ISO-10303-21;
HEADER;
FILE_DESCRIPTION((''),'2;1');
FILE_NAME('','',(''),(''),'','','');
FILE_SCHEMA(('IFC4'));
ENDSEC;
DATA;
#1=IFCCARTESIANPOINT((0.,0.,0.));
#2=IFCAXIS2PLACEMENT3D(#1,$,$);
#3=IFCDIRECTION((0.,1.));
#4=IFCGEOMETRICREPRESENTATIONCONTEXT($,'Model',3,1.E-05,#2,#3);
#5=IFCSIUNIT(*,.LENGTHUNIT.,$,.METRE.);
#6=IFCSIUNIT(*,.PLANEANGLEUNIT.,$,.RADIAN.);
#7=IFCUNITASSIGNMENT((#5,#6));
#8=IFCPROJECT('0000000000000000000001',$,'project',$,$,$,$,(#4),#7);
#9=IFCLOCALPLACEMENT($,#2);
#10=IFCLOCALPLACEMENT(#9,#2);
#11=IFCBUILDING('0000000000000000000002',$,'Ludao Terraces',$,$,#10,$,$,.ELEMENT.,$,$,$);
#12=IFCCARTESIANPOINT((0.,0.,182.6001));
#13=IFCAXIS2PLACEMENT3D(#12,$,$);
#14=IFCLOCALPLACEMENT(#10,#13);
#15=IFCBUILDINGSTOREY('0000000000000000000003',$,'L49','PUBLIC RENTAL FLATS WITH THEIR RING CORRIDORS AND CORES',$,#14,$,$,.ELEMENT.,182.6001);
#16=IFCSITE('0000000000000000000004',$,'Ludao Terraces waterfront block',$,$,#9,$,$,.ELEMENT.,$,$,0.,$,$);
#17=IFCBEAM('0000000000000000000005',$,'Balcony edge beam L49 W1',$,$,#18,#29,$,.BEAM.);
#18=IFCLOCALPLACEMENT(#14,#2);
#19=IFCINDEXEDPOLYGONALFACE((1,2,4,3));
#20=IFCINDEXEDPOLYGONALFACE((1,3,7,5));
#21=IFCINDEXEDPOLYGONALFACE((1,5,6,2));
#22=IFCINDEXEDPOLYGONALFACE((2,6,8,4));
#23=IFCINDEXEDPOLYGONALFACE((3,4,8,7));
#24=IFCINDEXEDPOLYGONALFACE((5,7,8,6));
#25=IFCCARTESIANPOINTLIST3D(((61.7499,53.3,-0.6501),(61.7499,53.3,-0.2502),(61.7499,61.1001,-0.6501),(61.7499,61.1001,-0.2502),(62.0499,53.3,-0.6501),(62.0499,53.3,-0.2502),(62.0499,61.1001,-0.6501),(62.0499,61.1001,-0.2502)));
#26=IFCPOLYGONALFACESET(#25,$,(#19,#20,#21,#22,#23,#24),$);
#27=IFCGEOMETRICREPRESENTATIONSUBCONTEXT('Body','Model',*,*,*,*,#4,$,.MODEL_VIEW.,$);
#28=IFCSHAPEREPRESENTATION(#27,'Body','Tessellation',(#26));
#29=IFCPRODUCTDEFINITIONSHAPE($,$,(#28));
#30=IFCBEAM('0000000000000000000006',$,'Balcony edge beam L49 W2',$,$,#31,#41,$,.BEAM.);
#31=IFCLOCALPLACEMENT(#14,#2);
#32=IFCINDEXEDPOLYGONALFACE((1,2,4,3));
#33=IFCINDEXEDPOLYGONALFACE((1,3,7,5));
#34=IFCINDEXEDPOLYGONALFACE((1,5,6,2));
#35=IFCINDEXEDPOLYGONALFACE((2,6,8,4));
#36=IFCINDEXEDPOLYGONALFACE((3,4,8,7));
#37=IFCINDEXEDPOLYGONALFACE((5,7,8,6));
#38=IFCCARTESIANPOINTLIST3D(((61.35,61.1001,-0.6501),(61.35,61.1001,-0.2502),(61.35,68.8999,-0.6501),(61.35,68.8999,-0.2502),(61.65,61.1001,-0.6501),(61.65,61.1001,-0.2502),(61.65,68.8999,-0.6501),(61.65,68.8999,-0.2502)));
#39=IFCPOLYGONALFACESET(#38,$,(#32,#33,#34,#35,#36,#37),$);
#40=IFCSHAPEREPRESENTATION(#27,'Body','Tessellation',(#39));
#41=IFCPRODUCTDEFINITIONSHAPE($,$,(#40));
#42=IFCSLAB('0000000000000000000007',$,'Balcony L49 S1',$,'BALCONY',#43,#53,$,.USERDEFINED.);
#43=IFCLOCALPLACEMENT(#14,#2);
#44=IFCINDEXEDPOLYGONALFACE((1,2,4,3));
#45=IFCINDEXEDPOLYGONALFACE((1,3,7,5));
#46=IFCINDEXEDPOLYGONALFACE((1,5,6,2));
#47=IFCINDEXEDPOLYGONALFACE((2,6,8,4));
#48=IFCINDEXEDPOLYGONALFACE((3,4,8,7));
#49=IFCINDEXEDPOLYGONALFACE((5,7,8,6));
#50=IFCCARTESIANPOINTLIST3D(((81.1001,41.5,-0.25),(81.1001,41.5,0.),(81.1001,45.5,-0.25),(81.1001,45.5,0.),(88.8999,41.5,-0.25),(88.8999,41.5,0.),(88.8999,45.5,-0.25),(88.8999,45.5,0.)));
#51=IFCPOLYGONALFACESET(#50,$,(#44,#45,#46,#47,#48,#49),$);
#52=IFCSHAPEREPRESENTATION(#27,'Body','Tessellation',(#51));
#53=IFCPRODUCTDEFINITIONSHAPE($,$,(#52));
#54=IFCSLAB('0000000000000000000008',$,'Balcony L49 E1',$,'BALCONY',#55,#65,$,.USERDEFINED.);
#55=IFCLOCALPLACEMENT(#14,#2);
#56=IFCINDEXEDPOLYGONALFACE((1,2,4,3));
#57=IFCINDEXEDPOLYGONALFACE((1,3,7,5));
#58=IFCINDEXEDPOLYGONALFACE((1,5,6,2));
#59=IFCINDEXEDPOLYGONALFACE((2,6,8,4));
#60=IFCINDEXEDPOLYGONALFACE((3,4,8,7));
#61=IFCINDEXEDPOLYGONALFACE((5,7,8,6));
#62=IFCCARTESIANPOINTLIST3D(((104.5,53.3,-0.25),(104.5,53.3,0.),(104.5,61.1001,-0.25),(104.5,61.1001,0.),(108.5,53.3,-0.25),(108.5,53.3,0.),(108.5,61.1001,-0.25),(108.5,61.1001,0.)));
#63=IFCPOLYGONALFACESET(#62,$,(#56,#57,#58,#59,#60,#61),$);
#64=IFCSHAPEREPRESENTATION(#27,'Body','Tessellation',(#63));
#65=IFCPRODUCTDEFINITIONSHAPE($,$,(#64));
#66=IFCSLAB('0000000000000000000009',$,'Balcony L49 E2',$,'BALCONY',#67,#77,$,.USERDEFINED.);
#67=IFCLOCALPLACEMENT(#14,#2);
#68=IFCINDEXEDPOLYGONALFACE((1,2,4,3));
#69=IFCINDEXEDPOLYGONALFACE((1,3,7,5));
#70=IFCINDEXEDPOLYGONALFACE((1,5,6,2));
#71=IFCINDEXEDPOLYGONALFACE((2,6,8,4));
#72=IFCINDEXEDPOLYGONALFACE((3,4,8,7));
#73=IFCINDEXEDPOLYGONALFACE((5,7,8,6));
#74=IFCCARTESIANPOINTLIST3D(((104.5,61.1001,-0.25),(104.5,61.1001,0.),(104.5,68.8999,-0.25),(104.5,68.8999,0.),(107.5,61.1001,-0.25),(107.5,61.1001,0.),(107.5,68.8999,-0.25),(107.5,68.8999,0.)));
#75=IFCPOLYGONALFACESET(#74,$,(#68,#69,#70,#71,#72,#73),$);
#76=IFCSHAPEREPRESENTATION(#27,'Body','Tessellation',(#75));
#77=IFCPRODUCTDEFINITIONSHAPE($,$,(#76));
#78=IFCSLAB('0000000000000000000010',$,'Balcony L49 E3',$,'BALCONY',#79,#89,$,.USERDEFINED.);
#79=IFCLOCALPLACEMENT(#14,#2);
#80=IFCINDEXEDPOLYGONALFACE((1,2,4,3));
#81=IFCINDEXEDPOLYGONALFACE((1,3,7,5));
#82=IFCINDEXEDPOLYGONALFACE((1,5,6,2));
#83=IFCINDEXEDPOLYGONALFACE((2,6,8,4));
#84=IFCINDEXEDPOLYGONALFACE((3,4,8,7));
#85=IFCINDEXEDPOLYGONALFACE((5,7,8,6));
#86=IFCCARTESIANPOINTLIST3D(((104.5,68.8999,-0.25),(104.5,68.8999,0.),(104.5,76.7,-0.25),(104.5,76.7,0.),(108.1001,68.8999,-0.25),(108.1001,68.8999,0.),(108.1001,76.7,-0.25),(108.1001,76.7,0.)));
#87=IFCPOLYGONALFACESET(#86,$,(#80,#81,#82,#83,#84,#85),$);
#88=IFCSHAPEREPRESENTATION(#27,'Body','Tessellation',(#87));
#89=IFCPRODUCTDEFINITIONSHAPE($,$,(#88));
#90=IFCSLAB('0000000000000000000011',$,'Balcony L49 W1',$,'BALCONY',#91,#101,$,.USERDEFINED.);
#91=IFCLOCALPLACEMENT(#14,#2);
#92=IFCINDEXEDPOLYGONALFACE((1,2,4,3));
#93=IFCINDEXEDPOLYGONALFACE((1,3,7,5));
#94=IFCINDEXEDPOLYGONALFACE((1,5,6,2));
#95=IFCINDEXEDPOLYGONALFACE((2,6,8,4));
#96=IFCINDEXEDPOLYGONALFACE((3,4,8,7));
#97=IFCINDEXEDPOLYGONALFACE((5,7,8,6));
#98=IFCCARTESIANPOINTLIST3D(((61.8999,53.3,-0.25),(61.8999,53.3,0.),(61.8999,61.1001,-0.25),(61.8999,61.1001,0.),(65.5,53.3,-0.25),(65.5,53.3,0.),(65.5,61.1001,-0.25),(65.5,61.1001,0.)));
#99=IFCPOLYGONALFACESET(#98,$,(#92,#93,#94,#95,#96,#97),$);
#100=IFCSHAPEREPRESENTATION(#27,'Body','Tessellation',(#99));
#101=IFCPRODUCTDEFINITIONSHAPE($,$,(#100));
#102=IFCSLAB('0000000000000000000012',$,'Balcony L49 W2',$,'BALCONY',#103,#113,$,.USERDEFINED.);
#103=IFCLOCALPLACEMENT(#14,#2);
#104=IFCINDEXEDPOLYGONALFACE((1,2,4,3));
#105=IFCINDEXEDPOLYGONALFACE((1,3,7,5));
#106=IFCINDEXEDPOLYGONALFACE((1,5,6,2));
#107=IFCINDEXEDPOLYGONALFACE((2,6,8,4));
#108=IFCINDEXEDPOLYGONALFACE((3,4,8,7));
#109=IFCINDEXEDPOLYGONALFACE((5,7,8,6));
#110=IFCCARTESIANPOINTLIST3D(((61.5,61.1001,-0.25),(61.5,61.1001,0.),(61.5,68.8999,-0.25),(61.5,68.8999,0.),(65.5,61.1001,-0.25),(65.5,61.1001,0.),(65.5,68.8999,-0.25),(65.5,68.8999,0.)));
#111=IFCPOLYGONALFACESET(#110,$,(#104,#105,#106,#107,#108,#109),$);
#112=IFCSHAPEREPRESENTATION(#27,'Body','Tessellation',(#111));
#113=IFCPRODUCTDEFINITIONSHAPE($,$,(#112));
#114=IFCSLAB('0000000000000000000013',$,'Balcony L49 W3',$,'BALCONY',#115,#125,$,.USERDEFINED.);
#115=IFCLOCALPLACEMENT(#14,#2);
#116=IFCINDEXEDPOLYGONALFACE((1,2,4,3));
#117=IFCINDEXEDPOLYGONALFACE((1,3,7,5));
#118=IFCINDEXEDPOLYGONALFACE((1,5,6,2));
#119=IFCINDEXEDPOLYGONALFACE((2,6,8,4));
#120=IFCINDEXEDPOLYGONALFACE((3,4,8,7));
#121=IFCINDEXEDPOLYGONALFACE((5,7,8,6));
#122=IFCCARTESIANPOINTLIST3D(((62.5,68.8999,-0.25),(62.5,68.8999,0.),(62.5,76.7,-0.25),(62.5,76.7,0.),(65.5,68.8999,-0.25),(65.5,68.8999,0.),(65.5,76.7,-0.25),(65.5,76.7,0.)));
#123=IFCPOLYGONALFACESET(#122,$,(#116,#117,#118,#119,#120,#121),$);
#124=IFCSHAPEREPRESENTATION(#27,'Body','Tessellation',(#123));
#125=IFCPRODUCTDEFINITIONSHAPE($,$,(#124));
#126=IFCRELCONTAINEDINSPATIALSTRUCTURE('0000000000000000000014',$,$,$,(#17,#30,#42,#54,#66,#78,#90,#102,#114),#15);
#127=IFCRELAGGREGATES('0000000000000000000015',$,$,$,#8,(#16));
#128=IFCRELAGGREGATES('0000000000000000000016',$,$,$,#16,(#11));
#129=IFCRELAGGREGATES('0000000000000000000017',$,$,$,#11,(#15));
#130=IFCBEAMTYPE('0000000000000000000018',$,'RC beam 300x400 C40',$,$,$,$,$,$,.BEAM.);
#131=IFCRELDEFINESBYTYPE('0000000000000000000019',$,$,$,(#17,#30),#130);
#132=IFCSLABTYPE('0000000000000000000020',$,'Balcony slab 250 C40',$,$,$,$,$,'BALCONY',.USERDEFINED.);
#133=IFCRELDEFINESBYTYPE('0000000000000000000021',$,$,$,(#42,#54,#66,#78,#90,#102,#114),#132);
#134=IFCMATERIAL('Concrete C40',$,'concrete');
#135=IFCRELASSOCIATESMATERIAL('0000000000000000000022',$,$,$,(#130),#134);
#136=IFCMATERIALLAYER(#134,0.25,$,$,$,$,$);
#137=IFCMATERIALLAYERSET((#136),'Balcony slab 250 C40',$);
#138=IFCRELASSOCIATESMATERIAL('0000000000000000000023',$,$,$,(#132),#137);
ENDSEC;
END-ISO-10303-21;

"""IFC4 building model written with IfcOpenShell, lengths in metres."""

from ifc_helpers import new_model, si_unit, direction, frame, origin, origin_2d, place, context, subcontext, project, spatial, polyline, rectangle, outline, extrude, material, layer, layer_set, material_profile, profile_set, type_object, element, save


model = new_model("IFC4")

# Units and contexts
model_context = context("Model", 3, precision=1e-05, world=origin(), true_north=direction((0.0, 1.0)))
body_context = subcontext(model_context, "Body", "Model", "MODEL_VIEW")
ifc_project = project(units=[si_unit("LENGTHUNIT", "METRE"), si_unit("PLANEANGLEUNIT", "RADIAN")], contexts=[model_context])

# Site, building, storey
site_placement = place(None, origin())
site = spatial("IfcSite", under=ifc_project, at=site_placement, Name="Ludao Terraces waterfront block", CompositionType="ELEMENT", RefElevation=0.0)
building_placement = place(site_placement, origin())
building = spatial("IfcBuilding", under=site, at=building_placement, Name="Ludao Terraces", CompositionType="ELEMENT")
storey_placement = place(building_placement, frame((0.0, 0.0, 182.6001)))
storey = spatial("IfcBuildingStorey", under=building, at=storey_placement, Name="L49", Description="PUBLIC RENTAL FLATS WITH THEIR RING CORRIDORS AND CORES", CompositionType="ELEMENT", Elevation=182.6001)

# Beams
ifc_material_1 = material(Name="Concrete C40", Category="concrete")
ifc_material_profile = material_profile(ifc_material_1, rectangle(XDim=0.3, YDim=0.3999, at=origin_2d()), Name="300 X 400")
ifc_profile_set = profile_set([ifc_material_profile], Name="Concrete C40")
beam_type = type_object("IfcBeamType", Name="RC beam 300x400 C40", PredefinedType="BEAM", material=ifc_profile_set)
beam_1_placement = place(storey_placement, frame((61.8999, 53.3, -0.4502), z_axis=(0.0, 1.0, 0.0), x_axis=(-1.0, 0.0, 0.0)))
element("IfcBeam", 1, at=beam_1_placement, inside=storey, type_object=beam_type, Name="Balcony edge beam L49 W1", PredefinedType="BEAM", context=body_context, shape_type="SweptSolid", body=[
    extrude(rectangle(XDim=0.3, YDim=0.3999, at=origin_2d()), origin(), (0.0, 0.0, 1.0), 7.8),
])
beam_2_placement = place(storey_placement, frame((61.5, 61.1001, -0.4502), z_axis=(0.0, 1.0, 0.0), x_axis=(-1.0, 0.0, 0.0)))
element("IfcBeam", 2, at=beam_2_placement, inside=storey, type_object=beam_type, Name="Balcony edge beam L49 W2", PredefinedType="BEAM", context=body_context, shape_type="SweptSolid", body=[
    extrude(rectangle(XDim=0.3, YDim=0.3999, at=origin_2d()), origin(), (0.0, 0.0, 1.0), 7.7998),
])

# Slabs
ifc_layer_1 = layer(ifc_material_1, 0.25)
ifc_layer_set_1 = layer_set([ifc_layer_1], Name="Balcony slab 250 C40")
slab_type_1 = type_object("IfcSlabType", Name="Balcony slab 250 C40", ElementType="BALCONY", PredefinedType="USERDEFINED", material=ifc_layer_set_1)
slab_1_placement = place(storey_placement, frame((0.0, 0.0, -0.25)))
element("IfcSlab", 3, at=slab_1_placement, inside=storey, type_object=slab_type_1, Name="Balcony L49 S1", ObjectType="BALCONY", PredefinedType="USERDEFINED", context=body_context, shape_type="SweptSolid", body=[
    extrude(outline(polyline([(81.1001, 41.5), (88.8999, 41.5), (88.8999, 45.5), (81.1001, 45.5), (81.1001, 41.5)])), origin(), (0.0, 0.0, 1.0), 0.25),
])
slab_2_placement = place(storey_placement, frame((0.0, 0.0, -0.25)))
element("IfcSlab", 4, at=slab_2_placement, inside=storey, type_object=slab_type_1, Name="Balcony L49 E1", ObjectType="BALCONY", PredefinedType="USERDEFINED", context=body_context, shape_type="SweptSolid", body=[
    extrude(outline(polyline([(104.5, 53.3), (108.5, 53.3), (108.5, 61.1001), (104.5, 61.1001), (104.5, 53.3)])), origin(), (0.0, 0.0, 1.0), 0.25),
])
slab_3_placement = place(storey_placement, frame((0.0, 0.0, -0.25)))
element("IfcSlab", 5, at=slab_3_placement, inside=storey, type_object=slab_type_1, Name="Balcony L49 E2", ObjectType="BALCONY", PredefinedType="USERDEFINED", context=body_context, shape_type="SweptSolid", body=[
    extrude(outline(polyline([(104.5, 61.1001), (107.5, 61.1001), (107.5, 68.8999), (104.5, 68.8999), (104.5, 61.1001)])), origin(), (0.0, 0.0, 1.0), 0.25),
])
slab_4_placement = place(storey_placement, frame((0.0, 0.0, -0.25)))
element("IfcSlab", 6, at=slab_4_placement, inside=storey, type_object=slab_type_1, Name="Balcony L49 E3", ObjectType="BALCONY", PredefinedType="USERDEFINED", context=body_context, shape_type="SweptSolid", body=[
    extrude(outline(polyline([(104.5, 68.8999), (108.1001, 68.8999), (108.1001, 76.7), (104.5, 76.7), (104.5, 68.8999)])), origin(), (0.0, 0.0, 1.0), 0.25),
])
slab_5_placement = place(storey_placement, frame((0.0, 0.0, -0.25)))
element("IfcSlab", 7, at=slab_5_placement, inside=storey, type_object=slab_type_1, Name="Balcony L49 W1", ObjectType="BALCONY", PredefinedType="USERDEFINED", context=body_context, shape_type="SweptSolid", body=[
    extrude(outline(polyline([(61.8999, 53.3), (65.5, 53.3), (65.5, 61.1001), (61.8999, 61.1001), (61.8999, 53.3)])), origin(), (0.0, 0.0, 1.0), 0.25),
])
slab_6_placement = place(storey_placement, frame((0.0, 0.0, -0.25)))
element("IfcSlab", 8, at=slab_6_placement, inside=storey, type_object=slab_type_1, Name="Balcony L49 W2", ObjectType="BALCONY", PredefinedType="USERDEFINED", context=body_context, shape_type="SweptSolid", body=[
    extrude(outline(polyline([(61.5, 61.1001), (65.5, 61.1001), (65.5, 68.8999), (61.5, 68.8999), (61.5, 61.1001)])), origin(), (0.0, 0.0, 1.0), 0.25),
])
slab_7_placement = place(storey_placement, frame((0.0, 0.0, -0.25)))
element("IfcSlab", 9, at=slab_7_placement, inside=storey, type_object=slab_type_1, Name="Balcony L49 W3", ObjectType="BALCONY", PredefinedType="USERDEFINED", context=body_context, shape_type="SweptSolid", body=[
    extrude(outline(polyline([(62.5, 68.8999), (65.5, 68.8999), (65.5, 76.7), (62.5, 76.7), (62.5, 68.8999)])), origin(), (0.0, 0.0, 1.0), 0.25),
])

save(model, "model.ifc")
